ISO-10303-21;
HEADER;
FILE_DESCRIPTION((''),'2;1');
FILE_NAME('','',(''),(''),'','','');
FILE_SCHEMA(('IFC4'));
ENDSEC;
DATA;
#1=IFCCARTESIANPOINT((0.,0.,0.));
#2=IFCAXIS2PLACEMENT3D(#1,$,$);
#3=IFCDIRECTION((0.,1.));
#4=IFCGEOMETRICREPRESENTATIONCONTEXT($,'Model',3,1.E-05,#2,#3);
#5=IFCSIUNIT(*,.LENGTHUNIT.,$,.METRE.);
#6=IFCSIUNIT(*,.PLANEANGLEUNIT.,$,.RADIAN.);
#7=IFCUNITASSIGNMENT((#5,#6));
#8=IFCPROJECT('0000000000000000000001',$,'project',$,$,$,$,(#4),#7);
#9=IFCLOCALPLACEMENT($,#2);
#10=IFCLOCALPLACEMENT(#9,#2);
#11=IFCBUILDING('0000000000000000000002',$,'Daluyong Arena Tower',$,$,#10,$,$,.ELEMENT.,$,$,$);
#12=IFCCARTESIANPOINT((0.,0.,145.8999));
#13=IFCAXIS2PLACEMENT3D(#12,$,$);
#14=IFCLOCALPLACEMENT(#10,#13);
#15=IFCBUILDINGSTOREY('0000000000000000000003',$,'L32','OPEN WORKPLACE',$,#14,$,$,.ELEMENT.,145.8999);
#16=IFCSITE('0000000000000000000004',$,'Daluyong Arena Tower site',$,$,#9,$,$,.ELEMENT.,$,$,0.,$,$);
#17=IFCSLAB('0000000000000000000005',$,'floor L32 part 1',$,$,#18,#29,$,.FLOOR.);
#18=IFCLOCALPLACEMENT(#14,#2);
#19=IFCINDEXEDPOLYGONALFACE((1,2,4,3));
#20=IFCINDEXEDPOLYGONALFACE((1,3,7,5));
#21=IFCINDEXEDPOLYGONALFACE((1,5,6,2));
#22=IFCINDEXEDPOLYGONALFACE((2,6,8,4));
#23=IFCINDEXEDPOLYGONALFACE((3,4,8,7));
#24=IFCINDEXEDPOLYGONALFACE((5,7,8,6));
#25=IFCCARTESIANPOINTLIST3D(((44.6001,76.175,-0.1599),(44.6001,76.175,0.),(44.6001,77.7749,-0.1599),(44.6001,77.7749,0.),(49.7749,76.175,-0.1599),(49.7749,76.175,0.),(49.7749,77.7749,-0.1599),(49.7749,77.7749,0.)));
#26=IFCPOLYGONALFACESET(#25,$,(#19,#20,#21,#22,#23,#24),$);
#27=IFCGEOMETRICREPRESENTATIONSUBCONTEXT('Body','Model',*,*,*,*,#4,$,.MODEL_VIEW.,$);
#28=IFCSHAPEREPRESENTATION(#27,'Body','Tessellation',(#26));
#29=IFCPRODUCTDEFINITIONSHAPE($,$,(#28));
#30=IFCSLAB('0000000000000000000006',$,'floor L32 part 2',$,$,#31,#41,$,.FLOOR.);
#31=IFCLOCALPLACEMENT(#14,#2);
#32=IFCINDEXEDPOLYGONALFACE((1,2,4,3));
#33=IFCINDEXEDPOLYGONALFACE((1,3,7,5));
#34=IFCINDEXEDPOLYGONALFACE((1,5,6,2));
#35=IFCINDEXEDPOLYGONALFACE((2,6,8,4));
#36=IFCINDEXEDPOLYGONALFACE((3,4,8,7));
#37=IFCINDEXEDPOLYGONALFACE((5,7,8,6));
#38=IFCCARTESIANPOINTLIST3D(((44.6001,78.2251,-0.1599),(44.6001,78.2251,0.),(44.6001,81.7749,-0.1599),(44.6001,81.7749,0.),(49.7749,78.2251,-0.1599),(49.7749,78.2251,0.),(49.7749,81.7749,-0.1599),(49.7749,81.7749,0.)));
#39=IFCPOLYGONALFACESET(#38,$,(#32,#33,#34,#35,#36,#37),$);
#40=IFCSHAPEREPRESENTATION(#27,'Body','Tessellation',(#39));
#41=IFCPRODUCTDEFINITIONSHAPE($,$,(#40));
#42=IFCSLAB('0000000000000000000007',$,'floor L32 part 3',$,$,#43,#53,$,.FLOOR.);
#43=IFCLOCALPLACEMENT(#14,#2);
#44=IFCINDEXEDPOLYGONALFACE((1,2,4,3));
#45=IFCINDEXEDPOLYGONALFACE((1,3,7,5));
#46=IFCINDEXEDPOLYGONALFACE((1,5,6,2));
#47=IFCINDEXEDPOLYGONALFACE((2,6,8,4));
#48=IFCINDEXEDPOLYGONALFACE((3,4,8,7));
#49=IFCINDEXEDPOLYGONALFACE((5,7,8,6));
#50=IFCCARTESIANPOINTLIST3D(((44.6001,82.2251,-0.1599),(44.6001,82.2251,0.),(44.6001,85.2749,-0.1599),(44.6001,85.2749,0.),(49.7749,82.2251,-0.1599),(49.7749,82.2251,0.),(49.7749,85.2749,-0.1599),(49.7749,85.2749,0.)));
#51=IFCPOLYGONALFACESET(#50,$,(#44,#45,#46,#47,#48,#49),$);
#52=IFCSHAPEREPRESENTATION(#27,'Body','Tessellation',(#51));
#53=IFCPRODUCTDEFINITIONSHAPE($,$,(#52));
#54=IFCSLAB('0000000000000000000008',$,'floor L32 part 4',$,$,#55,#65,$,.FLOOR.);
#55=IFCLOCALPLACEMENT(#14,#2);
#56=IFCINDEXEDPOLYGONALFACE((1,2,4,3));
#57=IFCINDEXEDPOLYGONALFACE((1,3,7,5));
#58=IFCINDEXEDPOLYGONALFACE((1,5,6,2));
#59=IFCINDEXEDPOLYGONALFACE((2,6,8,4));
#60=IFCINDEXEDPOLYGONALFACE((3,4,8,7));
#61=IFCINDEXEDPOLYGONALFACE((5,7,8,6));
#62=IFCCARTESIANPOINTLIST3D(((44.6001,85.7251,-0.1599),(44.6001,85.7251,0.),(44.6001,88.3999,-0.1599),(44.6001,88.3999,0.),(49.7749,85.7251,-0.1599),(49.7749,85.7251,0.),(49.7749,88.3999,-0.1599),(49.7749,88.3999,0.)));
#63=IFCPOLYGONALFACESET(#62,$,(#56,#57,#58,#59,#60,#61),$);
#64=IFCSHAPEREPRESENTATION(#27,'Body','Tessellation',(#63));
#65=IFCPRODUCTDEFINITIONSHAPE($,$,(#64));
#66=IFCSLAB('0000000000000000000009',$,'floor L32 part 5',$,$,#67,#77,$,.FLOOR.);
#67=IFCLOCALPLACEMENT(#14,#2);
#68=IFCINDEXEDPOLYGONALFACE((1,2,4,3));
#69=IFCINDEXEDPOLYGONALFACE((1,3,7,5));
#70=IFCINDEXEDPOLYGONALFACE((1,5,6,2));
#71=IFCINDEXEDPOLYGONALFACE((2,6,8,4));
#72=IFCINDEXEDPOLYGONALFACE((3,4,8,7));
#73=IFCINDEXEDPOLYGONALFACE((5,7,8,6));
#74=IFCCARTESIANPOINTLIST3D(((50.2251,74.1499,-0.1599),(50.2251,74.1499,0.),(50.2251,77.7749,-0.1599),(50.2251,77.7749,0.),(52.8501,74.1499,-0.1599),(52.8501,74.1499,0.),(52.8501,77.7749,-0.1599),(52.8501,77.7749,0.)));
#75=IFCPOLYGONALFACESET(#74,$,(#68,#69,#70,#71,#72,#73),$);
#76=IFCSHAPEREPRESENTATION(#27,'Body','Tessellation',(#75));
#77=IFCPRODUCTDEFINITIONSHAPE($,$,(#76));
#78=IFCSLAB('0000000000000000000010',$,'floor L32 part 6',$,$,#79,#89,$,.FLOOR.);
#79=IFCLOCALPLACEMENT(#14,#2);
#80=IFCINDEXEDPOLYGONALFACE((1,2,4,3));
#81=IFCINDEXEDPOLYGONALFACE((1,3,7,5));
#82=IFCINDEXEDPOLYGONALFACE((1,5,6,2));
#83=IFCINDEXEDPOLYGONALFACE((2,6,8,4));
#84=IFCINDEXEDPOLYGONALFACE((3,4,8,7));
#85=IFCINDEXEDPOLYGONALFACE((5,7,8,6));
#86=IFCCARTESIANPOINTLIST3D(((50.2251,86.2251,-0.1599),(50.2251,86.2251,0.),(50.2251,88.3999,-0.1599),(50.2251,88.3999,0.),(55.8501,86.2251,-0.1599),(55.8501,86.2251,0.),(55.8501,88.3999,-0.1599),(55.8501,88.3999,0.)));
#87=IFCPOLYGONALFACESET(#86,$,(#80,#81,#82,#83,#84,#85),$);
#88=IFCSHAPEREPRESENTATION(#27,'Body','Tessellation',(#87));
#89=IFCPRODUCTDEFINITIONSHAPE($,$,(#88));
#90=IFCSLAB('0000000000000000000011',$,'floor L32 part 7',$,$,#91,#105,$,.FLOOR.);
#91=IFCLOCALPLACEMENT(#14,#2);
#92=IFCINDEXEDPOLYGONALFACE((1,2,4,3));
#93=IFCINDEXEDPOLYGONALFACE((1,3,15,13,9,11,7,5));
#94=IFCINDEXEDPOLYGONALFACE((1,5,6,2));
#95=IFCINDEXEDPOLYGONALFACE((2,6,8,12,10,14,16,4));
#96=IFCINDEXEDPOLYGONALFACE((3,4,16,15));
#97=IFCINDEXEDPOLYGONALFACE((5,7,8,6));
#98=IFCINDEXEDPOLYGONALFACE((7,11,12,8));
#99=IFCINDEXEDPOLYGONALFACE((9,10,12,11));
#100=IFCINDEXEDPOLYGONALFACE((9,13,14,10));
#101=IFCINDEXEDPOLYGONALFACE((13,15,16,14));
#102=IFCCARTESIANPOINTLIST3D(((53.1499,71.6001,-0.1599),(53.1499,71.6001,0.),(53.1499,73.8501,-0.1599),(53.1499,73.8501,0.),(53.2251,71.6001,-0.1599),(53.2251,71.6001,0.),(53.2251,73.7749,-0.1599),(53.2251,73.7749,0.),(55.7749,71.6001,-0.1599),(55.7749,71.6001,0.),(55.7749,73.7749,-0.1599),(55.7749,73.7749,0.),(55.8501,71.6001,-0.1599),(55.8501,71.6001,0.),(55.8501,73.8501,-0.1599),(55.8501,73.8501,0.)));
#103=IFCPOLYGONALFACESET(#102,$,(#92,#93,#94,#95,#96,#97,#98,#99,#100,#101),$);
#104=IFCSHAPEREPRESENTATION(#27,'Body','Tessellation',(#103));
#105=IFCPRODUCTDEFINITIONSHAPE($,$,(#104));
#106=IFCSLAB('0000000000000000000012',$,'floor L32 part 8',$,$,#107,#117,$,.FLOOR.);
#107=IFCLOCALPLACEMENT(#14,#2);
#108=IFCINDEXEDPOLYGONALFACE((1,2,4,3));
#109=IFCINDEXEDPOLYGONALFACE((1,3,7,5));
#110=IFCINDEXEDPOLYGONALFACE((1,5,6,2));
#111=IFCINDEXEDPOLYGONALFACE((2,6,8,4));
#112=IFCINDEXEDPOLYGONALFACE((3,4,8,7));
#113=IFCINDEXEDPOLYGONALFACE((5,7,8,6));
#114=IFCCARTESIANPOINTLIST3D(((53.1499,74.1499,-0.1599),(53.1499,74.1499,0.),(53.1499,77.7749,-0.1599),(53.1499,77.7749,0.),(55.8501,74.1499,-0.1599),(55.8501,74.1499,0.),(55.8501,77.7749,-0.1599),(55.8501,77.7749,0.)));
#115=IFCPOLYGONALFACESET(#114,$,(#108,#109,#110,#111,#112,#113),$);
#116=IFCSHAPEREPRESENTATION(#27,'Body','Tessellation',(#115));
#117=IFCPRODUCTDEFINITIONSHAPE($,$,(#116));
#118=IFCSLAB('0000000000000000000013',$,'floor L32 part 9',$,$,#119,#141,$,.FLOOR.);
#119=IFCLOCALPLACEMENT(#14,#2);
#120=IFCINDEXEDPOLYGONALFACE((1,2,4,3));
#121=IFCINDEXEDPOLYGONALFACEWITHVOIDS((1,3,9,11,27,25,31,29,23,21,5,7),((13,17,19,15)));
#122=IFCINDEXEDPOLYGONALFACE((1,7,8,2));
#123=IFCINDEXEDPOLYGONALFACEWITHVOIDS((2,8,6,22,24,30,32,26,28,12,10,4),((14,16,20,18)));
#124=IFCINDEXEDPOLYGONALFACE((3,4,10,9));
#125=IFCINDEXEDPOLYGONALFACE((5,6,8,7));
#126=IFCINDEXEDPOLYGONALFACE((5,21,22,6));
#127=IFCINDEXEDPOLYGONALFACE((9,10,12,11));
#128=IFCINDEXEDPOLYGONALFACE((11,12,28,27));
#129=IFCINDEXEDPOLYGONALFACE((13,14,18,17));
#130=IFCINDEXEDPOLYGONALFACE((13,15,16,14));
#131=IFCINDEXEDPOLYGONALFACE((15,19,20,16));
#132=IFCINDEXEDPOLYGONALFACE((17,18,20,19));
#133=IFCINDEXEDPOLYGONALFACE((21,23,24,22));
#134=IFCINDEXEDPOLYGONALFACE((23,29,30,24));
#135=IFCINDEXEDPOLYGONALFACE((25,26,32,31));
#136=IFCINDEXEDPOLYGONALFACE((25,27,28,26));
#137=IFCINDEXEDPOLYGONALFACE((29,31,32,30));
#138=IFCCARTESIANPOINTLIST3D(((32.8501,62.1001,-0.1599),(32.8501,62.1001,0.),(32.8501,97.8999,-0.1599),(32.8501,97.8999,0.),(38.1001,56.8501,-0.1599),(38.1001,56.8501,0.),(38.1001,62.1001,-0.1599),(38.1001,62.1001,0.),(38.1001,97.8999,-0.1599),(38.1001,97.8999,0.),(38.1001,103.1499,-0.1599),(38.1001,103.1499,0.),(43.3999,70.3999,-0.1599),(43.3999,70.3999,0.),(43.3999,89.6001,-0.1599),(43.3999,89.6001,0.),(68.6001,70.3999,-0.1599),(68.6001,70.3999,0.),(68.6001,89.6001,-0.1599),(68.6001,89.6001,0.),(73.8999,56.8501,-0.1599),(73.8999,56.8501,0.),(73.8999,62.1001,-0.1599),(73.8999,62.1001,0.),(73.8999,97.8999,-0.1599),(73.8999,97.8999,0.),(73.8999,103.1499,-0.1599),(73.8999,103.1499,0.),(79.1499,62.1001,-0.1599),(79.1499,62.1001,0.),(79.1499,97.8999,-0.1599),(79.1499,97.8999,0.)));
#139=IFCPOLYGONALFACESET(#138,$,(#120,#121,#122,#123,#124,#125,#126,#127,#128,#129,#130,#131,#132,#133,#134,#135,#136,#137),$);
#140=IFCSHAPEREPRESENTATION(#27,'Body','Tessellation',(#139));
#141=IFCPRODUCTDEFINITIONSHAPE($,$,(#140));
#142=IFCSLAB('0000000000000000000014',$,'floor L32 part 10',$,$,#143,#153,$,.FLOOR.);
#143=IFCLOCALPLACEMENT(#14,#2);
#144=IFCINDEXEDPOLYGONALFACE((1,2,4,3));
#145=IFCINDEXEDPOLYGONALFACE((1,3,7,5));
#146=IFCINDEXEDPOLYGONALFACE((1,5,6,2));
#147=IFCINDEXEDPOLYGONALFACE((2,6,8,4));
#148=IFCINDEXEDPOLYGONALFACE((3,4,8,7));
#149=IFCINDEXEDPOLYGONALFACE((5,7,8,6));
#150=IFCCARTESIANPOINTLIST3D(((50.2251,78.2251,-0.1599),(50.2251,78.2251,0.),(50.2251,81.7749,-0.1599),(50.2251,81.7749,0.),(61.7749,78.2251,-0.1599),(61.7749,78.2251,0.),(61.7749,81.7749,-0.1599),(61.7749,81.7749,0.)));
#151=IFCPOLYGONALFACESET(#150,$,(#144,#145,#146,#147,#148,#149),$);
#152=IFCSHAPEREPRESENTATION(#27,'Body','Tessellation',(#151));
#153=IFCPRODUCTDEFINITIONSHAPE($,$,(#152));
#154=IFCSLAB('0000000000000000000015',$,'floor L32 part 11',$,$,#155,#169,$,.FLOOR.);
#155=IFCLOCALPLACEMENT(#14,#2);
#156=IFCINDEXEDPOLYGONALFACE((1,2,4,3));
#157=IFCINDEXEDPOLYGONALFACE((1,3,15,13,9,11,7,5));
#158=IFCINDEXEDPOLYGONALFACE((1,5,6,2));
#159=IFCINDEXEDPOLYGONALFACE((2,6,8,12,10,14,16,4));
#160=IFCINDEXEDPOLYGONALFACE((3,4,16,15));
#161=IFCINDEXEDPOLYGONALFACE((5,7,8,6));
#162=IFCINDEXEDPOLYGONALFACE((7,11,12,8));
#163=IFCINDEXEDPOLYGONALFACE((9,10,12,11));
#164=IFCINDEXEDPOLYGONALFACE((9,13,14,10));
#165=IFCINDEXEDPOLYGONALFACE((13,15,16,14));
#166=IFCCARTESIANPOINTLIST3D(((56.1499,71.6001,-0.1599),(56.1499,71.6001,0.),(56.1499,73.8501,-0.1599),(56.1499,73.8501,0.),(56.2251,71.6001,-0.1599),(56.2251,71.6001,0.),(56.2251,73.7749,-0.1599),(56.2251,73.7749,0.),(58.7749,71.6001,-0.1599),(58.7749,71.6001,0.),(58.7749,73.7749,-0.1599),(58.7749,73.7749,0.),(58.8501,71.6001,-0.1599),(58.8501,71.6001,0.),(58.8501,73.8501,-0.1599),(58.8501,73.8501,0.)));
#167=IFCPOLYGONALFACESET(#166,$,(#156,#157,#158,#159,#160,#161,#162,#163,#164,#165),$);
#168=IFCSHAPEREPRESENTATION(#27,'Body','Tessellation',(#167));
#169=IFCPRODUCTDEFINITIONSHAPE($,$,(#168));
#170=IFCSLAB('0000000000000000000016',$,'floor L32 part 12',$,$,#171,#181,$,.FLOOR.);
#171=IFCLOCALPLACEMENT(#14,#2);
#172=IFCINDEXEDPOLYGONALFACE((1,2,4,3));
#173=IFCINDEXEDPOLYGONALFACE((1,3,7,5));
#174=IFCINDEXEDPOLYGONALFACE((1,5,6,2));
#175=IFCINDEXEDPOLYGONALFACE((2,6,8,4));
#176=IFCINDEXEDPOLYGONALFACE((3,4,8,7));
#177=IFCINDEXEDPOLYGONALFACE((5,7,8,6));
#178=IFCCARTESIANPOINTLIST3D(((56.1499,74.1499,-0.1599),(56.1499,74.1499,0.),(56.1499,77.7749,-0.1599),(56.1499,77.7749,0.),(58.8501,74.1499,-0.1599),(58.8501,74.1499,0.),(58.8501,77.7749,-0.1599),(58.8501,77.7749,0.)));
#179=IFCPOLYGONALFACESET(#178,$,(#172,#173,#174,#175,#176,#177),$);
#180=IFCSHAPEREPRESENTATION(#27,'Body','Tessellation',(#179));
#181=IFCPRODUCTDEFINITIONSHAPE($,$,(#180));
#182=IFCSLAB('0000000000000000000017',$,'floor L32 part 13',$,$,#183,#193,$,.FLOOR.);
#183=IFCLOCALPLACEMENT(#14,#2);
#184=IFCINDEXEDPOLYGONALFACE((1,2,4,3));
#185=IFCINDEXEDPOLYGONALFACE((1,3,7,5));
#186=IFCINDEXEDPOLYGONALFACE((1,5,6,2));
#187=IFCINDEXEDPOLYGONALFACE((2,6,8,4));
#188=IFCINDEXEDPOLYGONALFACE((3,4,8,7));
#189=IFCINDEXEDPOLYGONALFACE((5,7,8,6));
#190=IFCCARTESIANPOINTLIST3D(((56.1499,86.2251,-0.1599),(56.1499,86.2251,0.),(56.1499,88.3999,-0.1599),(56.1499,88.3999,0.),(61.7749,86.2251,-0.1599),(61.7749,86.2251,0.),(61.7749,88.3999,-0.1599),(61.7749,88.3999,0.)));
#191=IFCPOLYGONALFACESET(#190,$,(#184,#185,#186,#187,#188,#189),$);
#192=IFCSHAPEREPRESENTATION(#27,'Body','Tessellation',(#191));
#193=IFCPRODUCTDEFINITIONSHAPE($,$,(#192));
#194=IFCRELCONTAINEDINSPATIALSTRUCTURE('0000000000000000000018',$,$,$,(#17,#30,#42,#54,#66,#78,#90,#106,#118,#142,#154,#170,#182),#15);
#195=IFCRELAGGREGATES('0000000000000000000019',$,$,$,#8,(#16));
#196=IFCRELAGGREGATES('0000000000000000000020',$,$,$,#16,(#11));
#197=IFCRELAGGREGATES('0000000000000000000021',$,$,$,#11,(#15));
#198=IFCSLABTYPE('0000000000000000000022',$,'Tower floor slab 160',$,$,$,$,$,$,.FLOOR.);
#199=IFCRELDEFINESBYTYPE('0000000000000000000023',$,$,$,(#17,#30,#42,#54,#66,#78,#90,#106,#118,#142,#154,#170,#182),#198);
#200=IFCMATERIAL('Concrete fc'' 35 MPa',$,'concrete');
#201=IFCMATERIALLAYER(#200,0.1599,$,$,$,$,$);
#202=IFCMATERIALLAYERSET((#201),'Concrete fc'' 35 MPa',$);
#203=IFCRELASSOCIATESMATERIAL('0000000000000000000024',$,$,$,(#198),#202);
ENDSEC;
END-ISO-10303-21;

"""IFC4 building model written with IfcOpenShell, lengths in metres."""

from ifc_helpers import new_model, si_unit, direction, frame, origin, place, context, subcontext, project, spatial, polyline, outline, extrude, material, layer, layer_set, type_object, element, save


model = new_model("IFC4")

# Units and contexts
model_context = context("Model", 3, precision=1e-05, world=origin(), true_north=direction((0.0, 1.0)))
body_context = subcontext(model_context, "Body", "Model", "MODEL_VIEW")
ifc_project = project(units=[si_unit("LENGTHUNIT", "METRE"), si_unit("PLANEANGLEUNIT", "RADIAN")], contexts=[model_context])

# Site, building, storey
site_placement = place(None, origin())
site = spatial("IfcSite", under=ifc_project, at=site_placement, Name="Daluyong Arena Tower site", CompositionType="ELEMENT", RefElevation=0.0)
building_placement = place(site_placement, origin())
building = spatial("IfcBuilding", under=site, at=building_placement, Name="Daluyong Arena Tower", CompositionType="ELEMENT")
storey_placement = place(building_placement, frame((0.0, 0.0, 145.8999)))
storey = spatial("IfcBuildingStorey", under=building, at=storey_placement, Name="L32", Description="OPEN WORKPLACE", CompositionType="ELEMENT", Elevation=145.8999)

# Slabs
ifc_material_1 = material(Name="Concrete fc' 35 MPa", Category="concrete")
ifc_layer_1 = layer(ifc_material_1, 0.1599)
ifc_layer_set_1 = layer_set([ifc_layer_1], Name="Concrete fc' 35 MPa")
slab_type = type_object("IfcSlabType", Name="Tower floor slab 160", PredefinedType="FLOOR", material=ifc_layer_set_1)
slab_1_placement = place(storey_placement, frame((0.0, 0.0, -0.1599)))
element("IfcSlab", 1, at=slab_1_placement, inside=storey, type_object=slab_type, Name="floor L32 part 1", PredefinedType="FLOOR", context=body_context, shape_type="SweptSolid", body=[
    extrude(outline(polyline([(49.7749, 76.175), (49.7749, 77.7749), (44.6001, 77.7749), (44.6001, 76.175), (49.7749, 76.175)])), origin(), (0.0, 0.0, 1.0), 0.1599),
])
slab_2_placement = place(storey_placement, frame((0.0, 0.0, -0.1599)))
element("IfcSlab", 2, at=slab_2_placement, inside=storey, type_object=slab_type, Name="floor L32 part 2", PredefinedType="FLOOR", context=body_context, shape_type="SweptSolid", body=[
    extrude(outline(polyline([(44.6001, 78.2251), (49.7749, 78.2251), (49.7749, 81.7749), (44.6001, 81.7749), (44.6001, 78.2251)])), origin(), (0.0, 0.0, 1.0), 0.1599),
])
slab_3_placement = place(storey_placement, frame((0.0, 0.0, -0.1599)))
element("IfcSlab", 3, at=slab_3_placement, inside=storey, type_object=slab_type, Name="floor L32 part 3", PredefinedType="FLOOR", context=body_context, shape_type="SweptSolid", body=[
    extrude(outline(polyline([(44.6001, 82.2251), (49.7749, 82.2251), (49.7749, 85.2749), (44.6001, 85.2749), (44.6001, 82.2251)])), origin(), (0.0, 0.0, 1.0), 0.1599),
])
slab_4_placement = place(storey_placement, frame((0.0, 0.0, -0.1599)))
element("IfcSlab", 4, at=slab_4_placement, inside=storey, type_object=slab_type, Name="floor L32 part 4", PredefinedType="FLOOR", context=body_context, shape_type="SweptSolid", body=[
    extrude(outline(polyline([(49.7749, 88.3999), (44.6001, 88.3999), (44.6001, 85.7251), (49.7749, 85.7251), (49.7749, 88.3999)])), origin(), (0.0, 0.0, 1.0), 0.1599),
])
slab_5_placement = place(storey_placement, frame((0.0, 0.0, -0.1599)))
element("IfcSlab", 5, at=slab_5_placement, inside=storey, type_object=slab_type, Name="floor L32 part 5", PredefinedType="FLOOR", context=body_context, shape_type="SweptSolid", body=[
    extrude(outline(polyline([(52.8501, 77.7749), (50.2251, 77.7749), (50.2251, 74.1499), (52.8501, 74.1499), (52.8501, 77.7749)])), origin(), (0.0, 0.0, 1.0), 0.1599),
])
slab_6_placement = place(storey_placement, frame((0.0, 0.0, -0.1599)))
element("IfcSlab", 6, at=slab_6_placement, inside=storey, type_object=slab_type, Name="floor L32 part 6", PredefinedType="FLOOR", context=body_context, shape_type="SweptSolid", body=[
    extrude(outline(polyline([(55.8501, 88.3999), (50.2251, 88.3999), (50.2251, 86.2251), (55.8501, 86.2251), (55.8501, 88.3999)])), origin(), (0.0, 0.0, 1.0), 0.1599),
])
slab_7_placement = place(storey_placement, frame((0.0, 0.0, -0.1599)))
element("IfcSlab", 7, at=slab_7_placement, inside=storey, type_object=slab_type, Name="floor L32 part 7", PredefinedType="FLOOR", context=body_context, shape_type="SweptSolid", body=[
    extrude(outline(polyline([(55.7749, 73.7749), (55.7749, 71.6001), (55.8501, 71.6001), (55.8501, 73.8501), (53.1499, 73.8501), (53.1499, 71.6001), (53.2251, 71.6001), (53.2251, 73.7749), (55.7749, 73.7749)])), origin(), (0.0, 0.0, 1.0), 0.1599),
])
slab_8_placement = place(storey_placement, frame((0.0, 0.0, -0.1599)))
element("IfcSlab", 8, at=slab_8_placement, inside=storey, type_object=slab_type, Name="floor L32 part 8", PredefinedType="FLOOR", context=body_context, shape_type="SweptSolid", body=[
    extrude(outline(polyline([(55.8501, 77.7749), (53.1499, 77.7749), (53.1499, 74.1499), (55.8501, 74.1499), (55.8501, 77.7749)])), origin(), (0.0, 0.0, 1.0), 0.1599),
])
slab_9_placement = place(storey_placement, frame((0.0, 0.0, -0.1599)))
element("IfcSlab", 9, at=slab_9_placement, inside=storey, type_object=slab_type, Name="floor L32 part 9", PredefinedType="FLOOR", context=body_context, shape_type="SweptSolid", body=[
    extrude(outline(polyline([(38.1001, 62.1001), (38.1001, 56.8501), (73.8999, 56.8501), (73.8999, 62.1001), (79.1499, 62.1001), (79.1499, 97.8999), (73.8999, 97.8999), (73.8999, 103.1499), (38.1001, 103.1499), (38.1001, 97.8999), (32.8501, 97.8999), (32.8501, 62.1001), (38.1001, 62.1001)]), holes=[polyline([(68.6001, 89.6001), (68.6001, 70.3999), (43.3999, 70.3999), (43.3999, 89.6001), (68.6001, 89.6001)])]), origin(), (0.0, 0.0, 1.0), 0.1599),
])
slab_10_placement = place(storey_placement, frame((0.0, 0.0, -0.1599)))
element("IfcSlab", 10, at=slab_10_placement, inside=storey, type_object=slab_type, Name="floor L32 part 10", PredefinedType="FLOOR", context=body_context, shape_type="SweptSolid", body=[
    extrude(outline(polyline([(61.7749, 78.2251), (61.7749, 81.7749), (50.2251, 81.7749), (50.2251, 78.2251), (61.7749, 78.2251)])), origin(), (0.0, 0.0, 1.0), 0.1599),
])
slab_11_placement = place(storey_placement, frame((0.0, 0.0, -0.1599)))
element("IfcSlab", 11, at=slab_11_placement, inside=storey, type_object=slab_type, Name="floor L32 part 11", PredefinedType="FLOOR", context=body_context, shape_type="SweptSolid", body=[
    extrude(outline(polyline([(58.8501, 71.6001), (58.8501, 73.8501), (56.1499, 73.8501), (56.1499, 71.6001), (56.2251, 71.6001), (56.2251, 73.7749), (58.7749, 73.7749), (58.7749, 71.6001), (58.8501, 71.6001)])), origin(), (0.0, 0.0, 1.0), 0.1599),
])
slab_12_placement = place(storey_placement, frame((0.0, 0.0, -0.1599)))
element("IfcSlab", 12, at=slab_12_placement, inside=storey, type_object=slab_type, Name="floor L32 part 12", PredefinedType="FLOOR", context=body_context, shape_type="SweptSolid", body=[
    extrude(outline(polyline([(58.8501, 77.7749), (56.1499, 77.7749), (56.1499, 74.1499), (58.8501, 74.1499), (58.8501, 77.7749)])), origin(), (0.0, 0.0, 1.0), 0.1599),
])
slab_13_placement = place(storey_placement, frame((0.0, 0.0, -0.1599)))
element("IfcSlab", 13, at=slab_13_placement, inside=storey, type_object=slab_type, Name="floor L32 part 13", PredefinedType="FLOOR", context=body_context, shape_type="SweptSolid", body=[
    extrude(outline(polyline([(56.1499, 88.3999), (56.1499, 86.2251), (61.7749, 86.2251), (61.7749, 88.3999), (56.1499, 88.3999)])), origin(), (0.0, 0.0, 1.0), 0.1599),
])

save(model, "model.ifc")
